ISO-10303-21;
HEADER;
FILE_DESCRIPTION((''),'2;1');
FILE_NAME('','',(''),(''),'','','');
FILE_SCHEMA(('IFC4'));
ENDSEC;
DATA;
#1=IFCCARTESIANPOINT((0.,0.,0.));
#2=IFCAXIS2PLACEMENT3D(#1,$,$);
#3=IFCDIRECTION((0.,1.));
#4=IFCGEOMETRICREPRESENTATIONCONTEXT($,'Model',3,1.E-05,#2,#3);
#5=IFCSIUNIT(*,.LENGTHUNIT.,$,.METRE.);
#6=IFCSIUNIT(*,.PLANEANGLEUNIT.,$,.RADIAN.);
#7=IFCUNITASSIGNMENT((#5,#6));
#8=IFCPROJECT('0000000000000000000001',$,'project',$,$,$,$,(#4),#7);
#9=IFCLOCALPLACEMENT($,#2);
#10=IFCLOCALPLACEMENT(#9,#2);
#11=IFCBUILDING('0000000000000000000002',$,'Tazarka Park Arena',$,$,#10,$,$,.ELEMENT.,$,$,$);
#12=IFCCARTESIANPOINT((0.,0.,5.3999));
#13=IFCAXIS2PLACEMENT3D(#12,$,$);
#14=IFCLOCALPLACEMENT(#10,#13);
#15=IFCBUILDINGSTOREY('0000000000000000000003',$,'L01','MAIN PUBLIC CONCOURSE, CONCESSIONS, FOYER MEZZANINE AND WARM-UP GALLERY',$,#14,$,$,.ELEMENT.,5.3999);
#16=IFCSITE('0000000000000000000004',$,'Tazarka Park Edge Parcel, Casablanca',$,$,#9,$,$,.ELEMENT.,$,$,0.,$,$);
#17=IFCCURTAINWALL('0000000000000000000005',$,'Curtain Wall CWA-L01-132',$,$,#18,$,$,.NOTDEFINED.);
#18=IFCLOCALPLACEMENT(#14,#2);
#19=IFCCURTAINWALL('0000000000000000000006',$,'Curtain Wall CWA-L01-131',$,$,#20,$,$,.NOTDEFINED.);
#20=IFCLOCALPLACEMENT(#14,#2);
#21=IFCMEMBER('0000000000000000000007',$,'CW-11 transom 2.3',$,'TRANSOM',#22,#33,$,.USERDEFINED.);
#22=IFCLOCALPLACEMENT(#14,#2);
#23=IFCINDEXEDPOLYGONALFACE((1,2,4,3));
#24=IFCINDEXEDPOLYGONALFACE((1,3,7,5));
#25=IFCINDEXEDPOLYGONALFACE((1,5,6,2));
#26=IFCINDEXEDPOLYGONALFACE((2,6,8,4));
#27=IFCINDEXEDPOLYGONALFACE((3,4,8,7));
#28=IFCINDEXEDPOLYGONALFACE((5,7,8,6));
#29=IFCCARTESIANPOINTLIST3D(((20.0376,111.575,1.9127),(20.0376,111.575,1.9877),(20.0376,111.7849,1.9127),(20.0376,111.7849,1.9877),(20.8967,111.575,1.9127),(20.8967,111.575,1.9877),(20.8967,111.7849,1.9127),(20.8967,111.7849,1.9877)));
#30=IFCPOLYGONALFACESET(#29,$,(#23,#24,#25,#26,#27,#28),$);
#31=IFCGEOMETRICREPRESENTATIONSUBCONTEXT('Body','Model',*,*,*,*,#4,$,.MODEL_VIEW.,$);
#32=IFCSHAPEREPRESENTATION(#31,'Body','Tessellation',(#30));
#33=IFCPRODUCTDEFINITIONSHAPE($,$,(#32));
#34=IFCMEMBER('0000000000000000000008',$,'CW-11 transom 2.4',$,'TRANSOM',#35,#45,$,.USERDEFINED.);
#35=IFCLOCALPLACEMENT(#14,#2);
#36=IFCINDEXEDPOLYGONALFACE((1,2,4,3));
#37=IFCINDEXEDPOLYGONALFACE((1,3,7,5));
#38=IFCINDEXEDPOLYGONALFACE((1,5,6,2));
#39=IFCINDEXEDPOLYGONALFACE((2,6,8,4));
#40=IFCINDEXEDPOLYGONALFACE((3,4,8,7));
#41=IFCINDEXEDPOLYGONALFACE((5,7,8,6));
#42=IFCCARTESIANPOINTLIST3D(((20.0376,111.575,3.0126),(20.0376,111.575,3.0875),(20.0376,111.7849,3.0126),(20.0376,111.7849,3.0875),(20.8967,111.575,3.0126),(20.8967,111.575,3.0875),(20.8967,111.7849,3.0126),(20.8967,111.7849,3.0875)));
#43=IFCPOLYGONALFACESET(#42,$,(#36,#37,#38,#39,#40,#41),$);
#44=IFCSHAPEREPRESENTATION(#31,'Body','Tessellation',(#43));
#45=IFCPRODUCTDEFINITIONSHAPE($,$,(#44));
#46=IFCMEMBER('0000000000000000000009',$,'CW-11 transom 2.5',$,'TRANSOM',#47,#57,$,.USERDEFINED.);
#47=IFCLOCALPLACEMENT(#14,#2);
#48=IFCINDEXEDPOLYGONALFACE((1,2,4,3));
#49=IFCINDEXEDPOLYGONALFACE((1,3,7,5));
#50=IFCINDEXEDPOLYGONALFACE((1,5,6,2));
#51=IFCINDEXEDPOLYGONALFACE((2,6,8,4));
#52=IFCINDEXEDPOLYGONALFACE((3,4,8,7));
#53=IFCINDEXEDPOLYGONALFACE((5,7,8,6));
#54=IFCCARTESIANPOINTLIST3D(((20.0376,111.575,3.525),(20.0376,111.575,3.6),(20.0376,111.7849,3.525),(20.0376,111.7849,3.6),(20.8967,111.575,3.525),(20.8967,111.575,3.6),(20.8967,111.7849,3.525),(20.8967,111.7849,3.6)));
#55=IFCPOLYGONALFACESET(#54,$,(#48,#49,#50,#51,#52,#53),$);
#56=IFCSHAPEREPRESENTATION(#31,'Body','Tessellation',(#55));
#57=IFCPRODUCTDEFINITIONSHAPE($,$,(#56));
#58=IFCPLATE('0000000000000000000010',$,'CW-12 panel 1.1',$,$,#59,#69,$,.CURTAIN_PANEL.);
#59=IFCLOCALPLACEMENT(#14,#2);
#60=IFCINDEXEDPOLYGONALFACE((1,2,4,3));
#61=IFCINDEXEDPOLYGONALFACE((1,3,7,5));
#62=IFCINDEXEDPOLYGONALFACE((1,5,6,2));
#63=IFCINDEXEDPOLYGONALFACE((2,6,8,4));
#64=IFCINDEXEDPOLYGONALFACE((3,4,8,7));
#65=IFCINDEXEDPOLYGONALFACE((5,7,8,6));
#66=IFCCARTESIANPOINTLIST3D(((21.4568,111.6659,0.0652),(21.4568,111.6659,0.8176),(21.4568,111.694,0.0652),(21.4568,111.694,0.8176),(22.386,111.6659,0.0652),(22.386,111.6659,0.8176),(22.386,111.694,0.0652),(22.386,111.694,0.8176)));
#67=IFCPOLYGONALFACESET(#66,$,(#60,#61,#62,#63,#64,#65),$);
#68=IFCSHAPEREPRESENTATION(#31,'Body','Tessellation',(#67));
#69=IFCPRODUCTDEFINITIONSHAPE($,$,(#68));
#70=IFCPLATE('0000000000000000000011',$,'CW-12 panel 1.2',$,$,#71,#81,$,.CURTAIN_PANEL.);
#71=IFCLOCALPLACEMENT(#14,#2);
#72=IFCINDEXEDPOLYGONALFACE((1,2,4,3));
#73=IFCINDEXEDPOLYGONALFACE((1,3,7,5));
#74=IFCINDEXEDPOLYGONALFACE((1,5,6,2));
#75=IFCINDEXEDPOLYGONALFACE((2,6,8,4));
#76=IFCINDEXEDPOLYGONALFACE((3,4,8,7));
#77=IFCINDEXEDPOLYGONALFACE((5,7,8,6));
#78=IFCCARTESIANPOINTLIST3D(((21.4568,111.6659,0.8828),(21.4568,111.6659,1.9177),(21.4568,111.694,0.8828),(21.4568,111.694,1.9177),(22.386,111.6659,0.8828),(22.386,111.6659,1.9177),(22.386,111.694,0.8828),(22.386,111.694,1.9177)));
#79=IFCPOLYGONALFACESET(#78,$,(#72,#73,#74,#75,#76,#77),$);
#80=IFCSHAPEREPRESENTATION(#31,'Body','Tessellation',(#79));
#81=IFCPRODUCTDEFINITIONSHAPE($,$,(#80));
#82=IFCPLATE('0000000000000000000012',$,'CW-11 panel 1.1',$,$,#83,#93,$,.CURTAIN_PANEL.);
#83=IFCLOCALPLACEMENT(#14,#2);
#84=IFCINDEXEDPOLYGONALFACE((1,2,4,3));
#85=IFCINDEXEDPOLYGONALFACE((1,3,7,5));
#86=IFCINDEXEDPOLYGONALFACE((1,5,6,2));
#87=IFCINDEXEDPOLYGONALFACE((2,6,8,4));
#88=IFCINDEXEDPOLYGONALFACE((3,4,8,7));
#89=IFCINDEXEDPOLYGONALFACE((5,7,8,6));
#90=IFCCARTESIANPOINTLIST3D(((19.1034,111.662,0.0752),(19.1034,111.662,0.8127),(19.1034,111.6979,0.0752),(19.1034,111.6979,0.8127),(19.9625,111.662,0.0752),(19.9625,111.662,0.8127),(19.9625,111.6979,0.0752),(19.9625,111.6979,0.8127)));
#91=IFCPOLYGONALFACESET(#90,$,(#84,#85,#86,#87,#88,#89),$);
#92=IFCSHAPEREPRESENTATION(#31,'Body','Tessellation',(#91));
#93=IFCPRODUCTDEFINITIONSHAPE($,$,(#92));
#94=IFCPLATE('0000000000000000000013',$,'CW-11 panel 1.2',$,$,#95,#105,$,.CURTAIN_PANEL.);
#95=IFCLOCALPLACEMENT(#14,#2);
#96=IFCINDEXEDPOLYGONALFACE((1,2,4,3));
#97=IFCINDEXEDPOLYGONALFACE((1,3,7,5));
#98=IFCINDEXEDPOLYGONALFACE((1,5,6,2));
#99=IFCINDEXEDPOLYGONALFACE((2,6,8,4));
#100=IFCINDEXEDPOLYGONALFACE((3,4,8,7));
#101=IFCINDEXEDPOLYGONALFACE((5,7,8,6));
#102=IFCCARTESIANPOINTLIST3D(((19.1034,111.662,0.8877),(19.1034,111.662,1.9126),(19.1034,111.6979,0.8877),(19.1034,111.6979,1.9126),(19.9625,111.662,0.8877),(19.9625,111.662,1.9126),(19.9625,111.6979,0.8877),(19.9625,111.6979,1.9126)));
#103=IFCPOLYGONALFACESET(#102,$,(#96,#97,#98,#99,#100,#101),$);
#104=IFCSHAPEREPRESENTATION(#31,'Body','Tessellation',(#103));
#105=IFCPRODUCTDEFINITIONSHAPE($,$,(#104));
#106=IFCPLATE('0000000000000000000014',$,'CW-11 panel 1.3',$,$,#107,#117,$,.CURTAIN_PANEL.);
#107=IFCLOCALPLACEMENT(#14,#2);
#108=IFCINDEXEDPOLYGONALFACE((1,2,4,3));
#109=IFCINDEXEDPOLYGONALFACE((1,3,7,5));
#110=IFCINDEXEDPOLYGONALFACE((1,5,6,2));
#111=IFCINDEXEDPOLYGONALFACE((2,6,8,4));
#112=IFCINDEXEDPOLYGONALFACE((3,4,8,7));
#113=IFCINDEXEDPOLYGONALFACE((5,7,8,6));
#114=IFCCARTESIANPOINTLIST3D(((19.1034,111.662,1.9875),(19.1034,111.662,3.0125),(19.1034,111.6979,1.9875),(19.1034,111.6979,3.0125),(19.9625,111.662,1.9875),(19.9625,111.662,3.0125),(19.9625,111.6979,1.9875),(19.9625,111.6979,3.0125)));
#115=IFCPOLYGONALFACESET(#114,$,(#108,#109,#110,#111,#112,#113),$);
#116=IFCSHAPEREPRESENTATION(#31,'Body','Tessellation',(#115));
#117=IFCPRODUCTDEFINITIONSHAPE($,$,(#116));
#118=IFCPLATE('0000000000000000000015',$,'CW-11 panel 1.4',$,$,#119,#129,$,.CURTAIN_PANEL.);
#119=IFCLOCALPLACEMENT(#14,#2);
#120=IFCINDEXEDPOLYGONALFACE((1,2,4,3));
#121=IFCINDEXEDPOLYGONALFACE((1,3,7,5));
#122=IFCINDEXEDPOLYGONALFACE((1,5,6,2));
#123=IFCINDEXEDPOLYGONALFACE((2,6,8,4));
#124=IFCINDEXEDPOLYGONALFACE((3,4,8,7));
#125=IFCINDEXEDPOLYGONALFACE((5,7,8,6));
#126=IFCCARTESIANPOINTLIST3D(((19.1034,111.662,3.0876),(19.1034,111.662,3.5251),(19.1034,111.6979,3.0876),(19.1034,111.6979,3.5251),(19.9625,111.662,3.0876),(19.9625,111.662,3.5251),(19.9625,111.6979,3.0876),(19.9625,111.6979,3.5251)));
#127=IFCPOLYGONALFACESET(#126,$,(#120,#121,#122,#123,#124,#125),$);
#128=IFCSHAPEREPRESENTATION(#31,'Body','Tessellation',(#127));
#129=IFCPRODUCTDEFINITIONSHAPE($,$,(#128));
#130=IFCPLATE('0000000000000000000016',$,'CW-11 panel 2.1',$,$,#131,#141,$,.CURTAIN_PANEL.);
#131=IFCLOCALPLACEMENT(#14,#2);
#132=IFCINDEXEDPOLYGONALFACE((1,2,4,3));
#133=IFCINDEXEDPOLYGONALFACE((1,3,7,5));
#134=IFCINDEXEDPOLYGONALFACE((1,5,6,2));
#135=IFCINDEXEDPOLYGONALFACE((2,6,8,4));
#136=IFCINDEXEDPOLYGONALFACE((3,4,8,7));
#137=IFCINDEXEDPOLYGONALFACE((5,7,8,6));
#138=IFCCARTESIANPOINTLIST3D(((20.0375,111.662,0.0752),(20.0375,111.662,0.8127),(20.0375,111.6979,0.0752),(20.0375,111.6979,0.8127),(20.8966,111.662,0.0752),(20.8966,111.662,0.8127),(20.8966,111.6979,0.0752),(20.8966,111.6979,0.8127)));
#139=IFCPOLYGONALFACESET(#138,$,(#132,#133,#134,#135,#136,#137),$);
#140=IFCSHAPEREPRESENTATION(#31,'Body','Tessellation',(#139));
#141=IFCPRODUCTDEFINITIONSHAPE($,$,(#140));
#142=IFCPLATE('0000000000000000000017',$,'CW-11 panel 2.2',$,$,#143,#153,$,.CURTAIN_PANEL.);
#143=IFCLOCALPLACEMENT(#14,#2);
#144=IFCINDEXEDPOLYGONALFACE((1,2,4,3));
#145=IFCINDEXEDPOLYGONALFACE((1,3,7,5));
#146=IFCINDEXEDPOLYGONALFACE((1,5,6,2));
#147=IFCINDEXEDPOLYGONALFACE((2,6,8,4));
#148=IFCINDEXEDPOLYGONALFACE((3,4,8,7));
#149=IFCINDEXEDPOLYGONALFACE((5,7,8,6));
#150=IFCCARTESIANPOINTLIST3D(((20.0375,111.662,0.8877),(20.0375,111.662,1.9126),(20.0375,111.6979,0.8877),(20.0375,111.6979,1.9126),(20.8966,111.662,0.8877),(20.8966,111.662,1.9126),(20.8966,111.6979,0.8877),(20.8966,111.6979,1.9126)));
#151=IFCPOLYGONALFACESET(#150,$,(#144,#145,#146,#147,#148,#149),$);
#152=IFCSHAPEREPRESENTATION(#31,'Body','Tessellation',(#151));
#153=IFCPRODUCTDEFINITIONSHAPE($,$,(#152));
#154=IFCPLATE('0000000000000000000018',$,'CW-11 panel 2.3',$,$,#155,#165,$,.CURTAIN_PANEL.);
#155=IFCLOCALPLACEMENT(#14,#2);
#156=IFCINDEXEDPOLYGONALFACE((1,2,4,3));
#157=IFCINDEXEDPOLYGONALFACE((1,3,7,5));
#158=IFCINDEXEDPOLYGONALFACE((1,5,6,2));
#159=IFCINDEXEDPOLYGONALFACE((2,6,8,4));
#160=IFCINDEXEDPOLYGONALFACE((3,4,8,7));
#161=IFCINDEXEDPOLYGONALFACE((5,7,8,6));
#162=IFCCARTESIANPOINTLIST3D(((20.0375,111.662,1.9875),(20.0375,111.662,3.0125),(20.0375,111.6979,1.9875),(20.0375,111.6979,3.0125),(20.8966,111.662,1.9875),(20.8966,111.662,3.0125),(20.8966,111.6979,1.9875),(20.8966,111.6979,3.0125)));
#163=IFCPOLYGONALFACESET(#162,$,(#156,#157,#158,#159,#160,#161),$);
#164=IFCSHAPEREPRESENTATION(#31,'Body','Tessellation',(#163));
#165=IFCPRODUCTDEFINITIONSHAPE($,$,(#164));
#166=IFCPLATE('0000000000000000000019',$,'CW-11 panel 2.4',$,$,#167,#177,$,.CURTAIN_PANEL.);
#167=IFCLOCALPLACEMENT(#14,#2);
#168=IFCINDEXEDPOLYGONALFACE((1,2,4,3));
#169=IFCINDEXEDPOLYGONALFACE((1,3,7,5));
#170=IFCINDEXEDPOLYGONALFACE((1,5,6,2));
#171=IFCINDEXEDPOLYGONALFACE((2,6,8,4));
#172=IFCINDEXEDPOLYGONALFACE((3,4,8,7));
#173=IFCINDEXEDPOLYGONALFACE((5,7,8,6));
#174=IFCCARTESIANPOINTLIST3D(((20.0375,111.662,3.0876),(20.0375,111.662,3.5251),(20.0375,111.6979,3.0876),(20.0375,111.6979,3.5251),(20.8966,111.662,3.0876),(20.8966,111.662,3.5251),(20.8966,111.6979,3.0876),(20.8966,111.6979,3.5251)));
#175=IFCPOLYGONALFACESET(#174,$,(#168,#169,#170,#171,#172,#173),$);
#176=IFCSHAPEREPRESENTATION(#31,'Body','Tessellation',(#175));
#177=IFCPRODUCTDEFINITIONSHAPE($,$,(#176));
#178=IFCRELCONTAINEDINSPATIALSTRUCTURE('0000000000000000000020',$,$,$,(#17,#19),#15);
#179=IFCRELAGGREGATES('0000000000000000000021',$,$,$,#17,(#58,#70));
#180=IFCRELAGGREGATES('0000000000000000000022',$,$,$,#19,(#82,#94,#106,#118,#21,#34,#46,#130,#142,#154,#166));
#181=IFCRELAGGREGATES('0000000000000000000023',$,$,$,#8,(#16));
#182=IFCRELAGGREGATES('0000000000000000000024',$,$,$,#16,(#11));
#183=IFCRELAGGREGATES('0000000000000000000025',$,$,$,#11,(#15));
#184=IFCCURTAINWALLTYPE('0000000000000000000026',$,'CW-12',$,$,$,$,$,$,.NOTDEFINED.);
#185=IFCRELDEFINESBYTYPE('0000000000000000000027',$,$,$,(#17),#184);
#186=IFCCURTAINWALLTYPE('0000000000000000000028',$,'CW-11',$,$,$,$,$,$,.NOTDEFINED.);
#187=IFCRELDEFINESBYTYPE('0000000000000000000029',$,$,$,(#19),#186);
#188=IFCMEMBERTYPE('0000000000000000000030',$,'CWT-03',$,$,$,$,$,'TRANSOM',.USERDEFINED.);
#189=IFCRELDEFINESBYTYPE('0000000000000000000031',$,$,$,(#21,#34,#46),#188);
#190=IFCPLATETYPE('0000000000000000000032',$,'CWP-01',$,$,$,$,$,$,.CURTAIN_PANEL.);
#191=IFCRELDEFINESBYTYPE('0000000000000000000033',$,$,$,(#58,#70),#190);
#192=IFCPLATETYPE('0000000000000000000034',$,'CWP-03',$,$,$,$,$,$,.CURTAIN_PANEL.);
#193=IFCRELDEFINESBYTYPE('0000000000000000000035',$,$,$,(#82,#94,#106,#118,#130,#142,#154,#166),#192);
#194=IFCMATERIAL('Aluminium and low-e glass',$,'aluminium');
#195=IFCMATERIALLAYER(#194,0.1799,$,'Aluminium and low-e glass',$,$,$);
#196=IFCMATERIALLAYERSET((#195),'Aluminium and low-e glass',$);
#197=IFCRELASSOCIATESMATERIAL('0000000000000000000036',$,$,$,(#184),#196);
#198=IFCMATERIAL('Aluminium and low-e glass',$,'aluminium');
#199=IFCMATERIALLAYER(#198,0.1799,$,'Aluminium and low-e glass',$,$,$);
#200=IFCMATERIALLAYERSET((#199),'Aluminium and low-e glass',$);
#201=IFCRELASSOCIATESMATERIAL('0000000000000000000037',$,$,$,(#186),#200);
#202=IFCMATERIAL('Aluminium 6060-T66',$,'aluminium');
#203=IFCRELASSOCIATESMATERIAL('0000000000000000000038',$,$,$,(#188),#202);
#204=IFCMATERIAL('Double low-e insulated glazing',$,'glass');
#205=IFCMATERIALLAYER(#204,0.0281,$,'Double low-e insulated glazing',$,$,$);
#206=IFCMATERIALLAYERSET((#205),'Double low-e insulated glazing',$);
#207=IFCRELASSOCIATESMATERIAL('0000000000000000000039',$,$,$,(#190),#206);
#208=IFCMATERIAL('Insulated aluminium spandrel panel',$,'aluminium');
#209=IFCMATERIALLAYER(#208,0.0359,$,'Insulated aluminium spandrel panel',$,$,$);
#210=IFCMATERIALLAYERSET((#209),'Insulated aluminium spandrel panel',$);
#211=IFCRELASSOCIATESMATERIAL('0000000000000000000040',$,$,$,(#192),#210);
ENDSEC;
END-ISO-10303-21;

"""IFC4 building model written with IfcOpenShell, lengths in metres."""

from ifc_helpers import new_model, si_unit, direction, frame, origin, origin_2d, place, context, subcontext, project, spatial, rectangle, extrude, material, layer, layer_set, material_profile, profile_set, type_object, element, aggregate, save


model = new_model("IFC4")

# Units and contexts
model_context = context("Model", 3, precision=1e-05, world=origin(), true_north=direction((0.0, 1.0)))
body_context = subcontext(model_context, "Body", "Model", "MODEL_VIEW")
ifc_project = project(units=[si_unit("LENGTHUNIT", "METRE"), si_unit("PLANEANGLEUNIT", "RADIAN")], contexts=[model_context])

# Site, building, storey
site_placement = place(None, origin())
site = spatial("IfcSite", under=ifc_project, at=site_placement, Name="Tazarka Park Edge Parcel, Casablanca", CompositionType="ELEMENT", RefElevation=0.0)
building_placement = place(site_placement, origin())
building = spatial("IfcBuilding", under=site, at=building_placement, Name="Tazarka Park Arena", CompositionType="ELEMENT")
storey_placement = place(building_placement, frame((0.0, 0.0, 5.3999)))
storey = spatial("IfcBuildingStorey", under=building, at=storey_placement, Name="L01", Description="MAIN PUBLIC CONCOURSE, CONCESSIONS, FOYER MEZZANINE AND WARM-UP GALLERY", CompositionType="ELEMENT", Elevation=5.3999)

# Curtain wall
ifc_material_1 = material(Name="Aluminium and low-e glass", Category="aluminium")
ifc_layer_1 = layer(ifc_material_1, 0.1799, Name="Aluminium and low-e glass")
ifc_layer_set_1 = layer_set([ifc_layer_1], Name="Aluminium and low-e glass")
curtain_wall_type_1 = type_object("IfcCurtainWallType", Name="CW-12", PredefinedType="NOTDEFINED", material=ifc_layer_set_1)
curtain_wall_1_placement = place(storey_placement, origin())
curtain_wall_1 = element("IfcCurtainWall", 1, at=curtain_wall_1_placement, inside=storey, type_object=curtain_wall_type_1, Name="Curtain Wall CWA-L01-132", PredefinedType="NOTDEFINED")

# Curtain wall
ifc_material_2 = material(Name="Aluminium and low-e glass", Category="aluminium")
ifc_layer_2 = layer(ifc_material_2, 0.1799, Name="Aluminium and low-e glass")
ifc_layer_set_2 = layer_set([ifc_layer_2], Name="Aluminium and low-e glass")
curtain_wall_type_2 = type_object("IfcCurtainWallType", Name="CW-11", PredefinedType="NOTDEFINED", material=ifc_layer_set_2)
curtain_wall_2_placement = place(storey_placement, origin())
curtain_wall_2 = element("IfcCurtainWall", 2, at=curtain_wall_2_placement, inside=storey, type_object=curtain_wall_type_2, Name="Curtain Wall CWA-L01-131", PredefinedType="NOTDEFINED")

# Members
ifc_material_3 = material(Name="Aluminium 6060-T66", Category="aluminium")
ifc_material_profile_1 = material_profile(ifc_material_3, rectangle(XDim=0.21, YDim=0.075, at=origin_2d()), Name="Aluminium 6060-T66")
ifc_profile_set_1 = profile_set([ifc_material_profile_1], Name="Aluminium 6060-T66")
member_type_1 = type_object("IfcMemberType", Name="CWT-03", ElementType="TRANSOM", PredefinedType="USERDEFINED", material=ifc_profile_set_1)
member_1_placement = place(storey_placement, frame((20.0376, 111.6799, 1.9502), z_axis=(1.0, 0.0, 0.0), x_axis=(0.0, 1.0, 0.0)))
member_1 = element("IfcMember", 3, at=member_1_placement, type_object=member_type_1, Name="CW-11 transom 2.3", ObjectType="TRANSOM", PredefinedType="USERDEFINED", context=body_context, shape_type="SweptSolid", body=[
    extrude(rectangle(XDim=0.21, YDim=0.075, at=origin_2d()), origin(), (0.0, 0.0, 1.0), 0.8591),
])
member_2_placement = place(storey_placement, frame((20.0376, 111.6799, 3.05), z_axis=(1.0, 0.0, 0.0), x_axis=(0.0, 1.0, 0.0)))
member_2 = element("IfcMember", 4, at=member_2_placement, type_object=member_type_1, Name="CW-11 transom 2.4", ObjectType="TRANSOM", PredefinedType="USERDEFINED", context=body_context, shape_type="SweptSolid", body=[
    extrude(rectangle(XDim=0.21, YDim=0.075, at=origin_2d()), origin(), (0.0, 0.0, 1.0), 0.8591),
])
member_3_placement = place(storey_placement, frame((20.0376, 111.6799, 3.5625), z_axis=(1.0, 0.0, 0.0), x_axis=(0.0, 1.0, 0.0)))
member_3 = element("IfcMember", 5, at=member_3_placement, type_object=member_type_1, Name="CW-11 transom 2.5", ObjectType="TRANSOM", PredefinedType="USERDEFINED", context=body_context, shape_type="SweptSolid", body=[
    extrude(rectangle(XDim=0.21, YDim=0.075, at=origin_2d()), origin(), (0.0, 0.0, 1.0), 0.8591),
])

# Plates
ifc_material_4 = material(Name="Double low-e insulated glazing", Category="glass")
ifc_layer_3 = layer(ifc_material_4, 0.0281, Name="Double low-e insulated glazing")
ifc_layer_set_3 = layer_set([ifc_layer_3], Name="Double low-e insulated glazing")
plate_type_1 = type_object("IfcPlateType", Name="CWP-01", PredefinedType="CURTAIN_PANEL", material=ifc_layer_set_3)
plate_1_placement = place(storey_placement, frame((21.9214, 111.6799, 0.0652), z_axis=(0.0, 0.0, 1.0), x_axis=(1.0, 0.0, 0.0)))
plate_1 = element("IfcPlate", 6, at=plate_1_placement, type_object=plate_type_1, Name="CW-12 panel 1.1", PredefinedType="CURTAIN_PANEL", context=body_context, shape_type="SweptSolid", body=[
    extrude(rectangle(XDim=0.9292, YDim=0.0281, at=origin_2d()), origin(), (0.0, 0.0, 1.0), 0.7524),
])
plate_2_placement = place(storey_placement, frame((21.9214, 111.6799, 0.8828), z_axis=(0.0, 0.0, 1.0), x_axis=(1.0, 0.0, 0.0)))
plate_2 = element("IfcPlate", 7, at=plate_2_placement, type_object=plate_type_1, Name="CW-12 panel 1.2", PredefinedType="CURTAIN_PANEL", context=body_context, shape_type="SweptSolid", body=[
    extrude(rectangle(XDim=0.9292, YDim=0.0281, at=origin_2d()), origin(), (0.0, 0.0, 1.0), 1.0349),
])
aggregate(curtain_wall_1, [plate_1, plate_2])
ifc_material_5 = material(Name="Insulated aluminium spandrel panel", Category="aluminium")
ifc_layer_4 = layer(ifc_material_5, 0.0359, Name="Insulated aluminium spandrel panel")
ifc_layer_set_4 = layer_set([ifc_layer_4], Name="Insulated aluminium spandrel panel")
plate_type_2 = type_object("IfcPlateType", Name="CWP-03", PredefinedType="CURTAIN_PANEL", material=ifc_layer_set_4)
plate_3_placement = place(storey_placement, frame((19.533, 111.6799, 0.0752), z_axis=(0.0, 0.0, 1.0), x_axis=(1.0, 0.0, 0.0)))
plate_3 = element("IfcPlate", 8, at=plate_3_placement, type_object=plate_type_2, Name="CW-11 panel 1.1", PredefinedType="CURTAIN_PANEL", context=body_context, shape_type="SweptSolid", body=[
    extrude(rectangle(XDim=0.8591, YDim=0.0359, at=origin_2d()), origin(), (0.0, 0.0, 1.0), 0.7375),
])
plate_4_placement = place(storey_placement, frame((19.533, 111.6799, 0.8877), z_axis=(0.0, 0.0, 1.0), x_axis=(1.0, 0.0, 0.0)))
plate_4 = element("IfcPlate", 9, at=plate_4_placement, type_object=plate_type_2, Name="CW-11 panel 1.2", PredefinedType="CURTAIN_PANEL", context=body_context, shape_type="SweptSolid", body=[
    extrude(rectangle(XDim=0.8591, YDim=0.0359, at=origin_2d()), origin(), (0.0, 0.0, 1.0), 1.0249),
])
plate_5_placement = place(storey_placement, frame((19.533, 111.6799, 1.9875), z_axis=(0.0, 0.0, 1.0), x_axis=(1.0, 0.0, 0.0)))
plate_5 = element("IfcPlate", 10, at=plate_5_placement, type_object=plate_type_2, Name="CW-11 panel 1.3", PredefinedType="CURTAIN_PANEL", context=body_context, shape_type="SweptSolid", body=[
    extrude(rectangle(XDim=0.8591, YDim=0.0359, at=origin_2d()), origin(), (0.0, 0.0, 1.0), 1.0249),
])
plate_6_placement = place(storey_placement, frame((19.533, 111.6799, 3.0876), z_axis=(0.0, 0.0, 1.0), x_axis=(1.0, 0.0, 0.0)))
plate_6 = element("IfcPlate", 11, at=plate_6_placement, type_object=plate_type_2, Name="CW-11 panel 1.4", PredefinedType="CURTAIN_PANEL", context=body_context, shape_type="SweptSolid", body=[
    extrude(rectangle(XDim=0.8591, YDim=0.0359, at=origin_2d()), origin(), (0.0, 0.0, 1.0), 0.4375),
])
plate_7_placement = place(storey_placement, frame((20.467, 111.6799, 0.0752), z_axis=(0.0, 0.0, 1.0), x_axis=(1.0, 0.0, 0.0)))
plate_7 = element("IfcPlate", 12, at=plate_7_placement, type_object=plate_type_2, Name="CW-11 panel 2.1", PredefinedType="CURTAIN_PANEL", context=body_context, shape_type="SweptSolid", body=[
    extrude(rectangle(XDim=0.8591, YDim=0.0359, at=origin_2d()), origin(), (0.0, 0.0, 1.0), 0.7375),
])
plate_8_placement = place(storey_placement, frame((20.467, 111.6799, 0.8877), z_axis=(0.0, 0.0, 1.0), x_axis=(1.0, 0.0, 0.0)))
plate_8 = element("IfcPlate", 13, at=plate_8_placement, type_object=plate_type_2, Name="CW-11 panel 2.2", PredefinedType="CURTAIN_PANEL", context=body_context, shape_type="SweptSolid", body=[
    extrude(rectangle(XDim=0.8591, YDim=0.0359, at=origin_2d()), origin(), (0.0, 0.0, 1.0), 1.0249),
])
plate_9_placement = place(storey_placement, frame((20.467, 111.6799, 1.9875), z_axis=(0.0, 0.0, 1.0), x_axis=(1.0, 0.0, 0.0)))
plate_9 = element("IfcPlate", 14, at=plate_9_placement, type_object=plate_type_2, Name="CW-11 panel 2.3", PredefinedType="CURTAIN_PANEL", context=body_context, shape_type="SweptSolid", body=[
    extrude(rectangle(XDim=0.8591, YDim=0.0359, at=origin_2d()), origin(), (0.0, 0.0, 1.0), 1.0249),
])
plate_10_placement = place(storey_placement, frame((20.467, 111.6799, 3.0876), z_axis=(0.0, 0.0, 1.0), x_axis=(1.0, 0.0, 0.0)))
plate_10 = element("IfcPlate", 15, at=plate_10_placement, type_object=plate_type_2, Name="CW-11 panel 2.4", PredefinedType="CURTAIN_PANEL", context=body_context, shape_type="SweptSolid", body=[
    extrude(rectangle(XDim=0.8591, YDim=0.0359, at=origin_2d()), origin(), (0.0, 0.0, 1.0), 0.4375),
])
aggregate(curtain_wall_2, [plate_3, plate_4, plate_5, plate_6, member_1, member_2, member_3, plate_7, plate_8, plate_9, plate_10])

save(model, "model.ifc")
